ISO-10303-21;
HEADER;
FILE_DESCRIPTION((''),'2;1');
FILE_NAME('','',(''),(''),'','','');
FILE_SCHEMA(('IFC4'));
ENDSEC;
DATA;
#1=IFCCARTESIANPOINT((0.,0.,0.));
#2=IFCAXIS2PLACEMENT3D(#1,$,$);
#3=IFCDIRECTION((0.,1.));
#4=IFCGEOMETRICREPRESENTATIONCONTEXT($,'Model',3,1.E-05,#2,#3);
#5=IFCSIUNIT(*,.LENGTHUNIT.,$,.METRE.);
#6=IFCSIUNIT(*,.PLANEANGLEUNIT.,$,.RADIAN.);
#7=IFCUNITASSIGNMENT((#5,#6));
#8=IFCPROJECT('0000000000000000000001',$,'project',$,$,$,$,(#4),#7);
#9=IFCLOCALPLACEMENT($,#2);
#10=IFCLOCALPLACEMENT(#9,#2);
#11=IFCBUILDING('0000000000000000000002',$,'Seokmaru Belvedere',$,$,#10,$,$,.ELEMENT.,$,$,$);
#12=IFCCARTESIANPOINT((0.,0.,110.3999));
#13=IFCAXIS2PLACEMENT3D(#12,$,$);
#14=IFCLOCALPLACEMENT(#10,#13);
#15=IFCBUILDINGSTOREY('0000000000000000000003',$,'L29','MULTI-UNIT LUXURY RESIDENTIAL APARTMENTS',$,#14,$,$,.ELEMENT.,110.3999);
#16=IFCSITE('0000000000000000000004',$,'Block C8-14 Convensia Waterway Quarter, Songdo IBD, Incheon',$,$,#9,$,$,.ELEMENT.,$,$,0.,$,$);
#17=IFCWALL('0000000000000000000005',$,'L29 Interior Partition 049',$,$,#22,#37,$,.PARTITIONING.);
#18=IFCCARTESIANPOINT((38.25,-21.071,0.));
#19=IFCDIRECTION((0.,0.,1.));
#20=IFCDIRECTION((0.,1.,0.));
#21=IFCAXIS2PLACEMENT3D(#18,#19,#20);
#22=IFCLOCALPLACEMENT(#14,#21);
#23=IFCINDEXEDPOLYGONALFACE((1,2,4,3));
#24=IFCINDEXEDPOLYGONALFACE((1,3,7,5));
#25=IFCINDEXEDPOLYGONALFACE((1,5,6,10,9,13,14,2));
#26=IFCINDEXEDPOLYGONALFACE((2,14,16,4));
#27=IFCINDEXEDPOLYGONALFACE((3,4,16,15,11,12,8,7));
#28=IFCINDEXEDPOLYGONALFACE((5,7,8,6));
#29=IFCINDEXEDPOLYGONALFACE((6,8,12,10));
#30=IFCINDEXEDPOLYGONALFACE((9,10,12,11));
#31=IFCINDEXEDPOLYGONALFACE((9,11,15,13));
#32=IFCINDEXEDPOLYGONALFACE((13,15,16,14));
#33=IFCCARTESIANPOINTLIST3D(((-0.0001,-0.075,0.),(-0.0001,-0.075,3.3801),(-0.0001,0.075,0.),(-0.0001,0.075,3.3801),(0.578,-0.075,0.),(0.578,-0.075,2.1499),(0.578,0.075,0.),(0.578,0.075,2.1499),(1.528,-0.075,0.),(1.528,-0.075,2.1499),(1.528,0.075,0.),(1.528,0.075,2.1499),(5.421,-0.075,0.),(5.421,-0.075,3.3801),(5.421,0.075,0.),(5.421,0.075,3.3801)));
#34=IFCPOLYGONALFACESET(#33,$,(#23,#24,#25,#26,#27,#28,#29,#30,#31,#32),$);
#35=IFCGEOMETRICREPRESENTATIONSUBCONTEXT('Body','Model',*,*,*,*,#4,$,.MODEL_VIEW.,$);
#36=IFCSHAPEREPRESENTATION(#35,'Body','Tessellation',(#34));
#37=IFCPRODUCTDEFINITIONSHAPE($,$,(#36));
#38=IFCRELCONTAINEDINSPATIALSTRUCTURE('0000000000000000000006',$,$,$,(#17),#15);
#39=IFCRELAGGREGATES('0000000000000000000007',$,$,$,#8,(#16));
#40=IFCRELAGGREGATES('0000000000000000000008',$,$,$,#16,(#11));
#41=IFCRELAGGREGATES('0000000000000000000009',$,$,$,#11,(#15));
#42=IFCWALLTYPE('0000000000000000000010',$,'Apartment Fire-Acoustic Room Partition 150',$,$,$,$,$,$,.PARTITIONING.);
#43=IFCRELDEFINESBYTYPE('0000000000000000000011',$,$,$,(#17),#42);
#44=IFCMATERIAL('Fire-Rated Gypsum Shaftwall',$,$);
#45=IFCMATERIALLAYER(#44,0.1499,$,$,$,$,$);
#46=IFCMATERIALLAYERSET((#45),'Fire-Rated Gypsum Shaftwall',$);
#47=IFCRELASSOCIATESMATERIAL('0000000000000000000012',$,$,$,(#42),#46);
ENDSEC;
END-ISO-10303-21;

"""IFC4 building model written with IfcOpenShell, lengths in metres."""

from ifc_helpers import new_model, si_unit, direction, frame, frame_2d, origin, place, context, subcontext, project, spatial, rectangle, extrude, material, layer, layer_set, type_object, element, save


model = new_model("IFC4")

# Units and contexts
model_context = context("Model", 3, precision=1e-05, world=origin(), true_north=direction((0.0, 1.0)))
body_context = subcontext(model_context, "Body", "Model", "MODEL_VIEW")
ifc_project = project(units=[si_unit("LENGTHUNIT", "METRE"), si_unit("PLANEANGLEUNIT", "RADIAN")], contexts=[model_context])

# Site, building, storey
site_placement = place(None, origin())
site = spatial("IfcSite", under=ifc_project, at=site_placement, Name="Block C8-14 Convensia Waterway Quarter, Songdo IBD, Incheon", CompositionType="ELEMENT", RefElevation=0.0)
building_placement = place(site_placement, origin())
building = spatial("IfcBuilding", under=site, at=building_placement, Name="Seokmaru Belvedere", CompositionType="ELEMENT")
storey_placement = place(building_placement, frame((0.0, 0.0, 110.3999)))
storey = spatial("IfcBuildingStorey", under=building, at=storey_placement, Name="L29", Description="MULTI-UNIT LUXURY RESIDENTIAL APARTMENTS", CompositionType="ELEMENT", Elevation=110.3999)

# Wall, opening
ifc_material_1 = material(Name="Fire-Rated Gypsum Shaftwall")
ifc_layer_1 = layer(ifc_material_1, 0.1499)
ifc_layer_set_1 = layer_set([ifc_layer_1], Name="Fire-Rated Gypsum Shaftwall")
wall_type_1 = type_object("IfcWallType", Name="Apartment Fire-Acoustic Room Partition 150", PredefinedType="PARTITIONING", material=ifc_layer_set_1)
wall_1_placement = place(storey_placement, frame((38.25, -21.071, 0.0), z_axis=(0.0, 0.0, 1.0), x_axis=(0.0, 1.0, 0.0)))
wall_1 = element("IfcWall", 1, at=wall_1_placement, inside=storey, type_object=wall_type_1, Name="L29 Interior Partition 049", PredefinedType="PARTITIONING", context=body_context, shape_type="SweptSolid", body=[
    extrude(rectangle(XDim=5.4211, YDim=0.1499, at=frame_2d((2.7104, 0.0))), origin(), (0.0, 0.0, 1.0), 3.3801),
])
opening_placement = place(wall_1_placement, frame((0.5779, 0.0, 0.0)))
element("IfcOpeningElement", 2, at=opening_placement, cuts=wall_1, PredefinedType="OPENING", context=body_context, shape_type="SweptSolid", body=[
    extrude(rectangle(XDim=0.95, YDim=2.1499, at=frame_2d((0.4751, 1.075))), frame((0.0, 0.085, 0.0), z_axis=(0.0, -1.0, 0.0), x_axis=(1.0, 0.0, 0.0)), (0.0, 0.0, 1.0), 0.1699),
])

save(model, "model.ifc")
